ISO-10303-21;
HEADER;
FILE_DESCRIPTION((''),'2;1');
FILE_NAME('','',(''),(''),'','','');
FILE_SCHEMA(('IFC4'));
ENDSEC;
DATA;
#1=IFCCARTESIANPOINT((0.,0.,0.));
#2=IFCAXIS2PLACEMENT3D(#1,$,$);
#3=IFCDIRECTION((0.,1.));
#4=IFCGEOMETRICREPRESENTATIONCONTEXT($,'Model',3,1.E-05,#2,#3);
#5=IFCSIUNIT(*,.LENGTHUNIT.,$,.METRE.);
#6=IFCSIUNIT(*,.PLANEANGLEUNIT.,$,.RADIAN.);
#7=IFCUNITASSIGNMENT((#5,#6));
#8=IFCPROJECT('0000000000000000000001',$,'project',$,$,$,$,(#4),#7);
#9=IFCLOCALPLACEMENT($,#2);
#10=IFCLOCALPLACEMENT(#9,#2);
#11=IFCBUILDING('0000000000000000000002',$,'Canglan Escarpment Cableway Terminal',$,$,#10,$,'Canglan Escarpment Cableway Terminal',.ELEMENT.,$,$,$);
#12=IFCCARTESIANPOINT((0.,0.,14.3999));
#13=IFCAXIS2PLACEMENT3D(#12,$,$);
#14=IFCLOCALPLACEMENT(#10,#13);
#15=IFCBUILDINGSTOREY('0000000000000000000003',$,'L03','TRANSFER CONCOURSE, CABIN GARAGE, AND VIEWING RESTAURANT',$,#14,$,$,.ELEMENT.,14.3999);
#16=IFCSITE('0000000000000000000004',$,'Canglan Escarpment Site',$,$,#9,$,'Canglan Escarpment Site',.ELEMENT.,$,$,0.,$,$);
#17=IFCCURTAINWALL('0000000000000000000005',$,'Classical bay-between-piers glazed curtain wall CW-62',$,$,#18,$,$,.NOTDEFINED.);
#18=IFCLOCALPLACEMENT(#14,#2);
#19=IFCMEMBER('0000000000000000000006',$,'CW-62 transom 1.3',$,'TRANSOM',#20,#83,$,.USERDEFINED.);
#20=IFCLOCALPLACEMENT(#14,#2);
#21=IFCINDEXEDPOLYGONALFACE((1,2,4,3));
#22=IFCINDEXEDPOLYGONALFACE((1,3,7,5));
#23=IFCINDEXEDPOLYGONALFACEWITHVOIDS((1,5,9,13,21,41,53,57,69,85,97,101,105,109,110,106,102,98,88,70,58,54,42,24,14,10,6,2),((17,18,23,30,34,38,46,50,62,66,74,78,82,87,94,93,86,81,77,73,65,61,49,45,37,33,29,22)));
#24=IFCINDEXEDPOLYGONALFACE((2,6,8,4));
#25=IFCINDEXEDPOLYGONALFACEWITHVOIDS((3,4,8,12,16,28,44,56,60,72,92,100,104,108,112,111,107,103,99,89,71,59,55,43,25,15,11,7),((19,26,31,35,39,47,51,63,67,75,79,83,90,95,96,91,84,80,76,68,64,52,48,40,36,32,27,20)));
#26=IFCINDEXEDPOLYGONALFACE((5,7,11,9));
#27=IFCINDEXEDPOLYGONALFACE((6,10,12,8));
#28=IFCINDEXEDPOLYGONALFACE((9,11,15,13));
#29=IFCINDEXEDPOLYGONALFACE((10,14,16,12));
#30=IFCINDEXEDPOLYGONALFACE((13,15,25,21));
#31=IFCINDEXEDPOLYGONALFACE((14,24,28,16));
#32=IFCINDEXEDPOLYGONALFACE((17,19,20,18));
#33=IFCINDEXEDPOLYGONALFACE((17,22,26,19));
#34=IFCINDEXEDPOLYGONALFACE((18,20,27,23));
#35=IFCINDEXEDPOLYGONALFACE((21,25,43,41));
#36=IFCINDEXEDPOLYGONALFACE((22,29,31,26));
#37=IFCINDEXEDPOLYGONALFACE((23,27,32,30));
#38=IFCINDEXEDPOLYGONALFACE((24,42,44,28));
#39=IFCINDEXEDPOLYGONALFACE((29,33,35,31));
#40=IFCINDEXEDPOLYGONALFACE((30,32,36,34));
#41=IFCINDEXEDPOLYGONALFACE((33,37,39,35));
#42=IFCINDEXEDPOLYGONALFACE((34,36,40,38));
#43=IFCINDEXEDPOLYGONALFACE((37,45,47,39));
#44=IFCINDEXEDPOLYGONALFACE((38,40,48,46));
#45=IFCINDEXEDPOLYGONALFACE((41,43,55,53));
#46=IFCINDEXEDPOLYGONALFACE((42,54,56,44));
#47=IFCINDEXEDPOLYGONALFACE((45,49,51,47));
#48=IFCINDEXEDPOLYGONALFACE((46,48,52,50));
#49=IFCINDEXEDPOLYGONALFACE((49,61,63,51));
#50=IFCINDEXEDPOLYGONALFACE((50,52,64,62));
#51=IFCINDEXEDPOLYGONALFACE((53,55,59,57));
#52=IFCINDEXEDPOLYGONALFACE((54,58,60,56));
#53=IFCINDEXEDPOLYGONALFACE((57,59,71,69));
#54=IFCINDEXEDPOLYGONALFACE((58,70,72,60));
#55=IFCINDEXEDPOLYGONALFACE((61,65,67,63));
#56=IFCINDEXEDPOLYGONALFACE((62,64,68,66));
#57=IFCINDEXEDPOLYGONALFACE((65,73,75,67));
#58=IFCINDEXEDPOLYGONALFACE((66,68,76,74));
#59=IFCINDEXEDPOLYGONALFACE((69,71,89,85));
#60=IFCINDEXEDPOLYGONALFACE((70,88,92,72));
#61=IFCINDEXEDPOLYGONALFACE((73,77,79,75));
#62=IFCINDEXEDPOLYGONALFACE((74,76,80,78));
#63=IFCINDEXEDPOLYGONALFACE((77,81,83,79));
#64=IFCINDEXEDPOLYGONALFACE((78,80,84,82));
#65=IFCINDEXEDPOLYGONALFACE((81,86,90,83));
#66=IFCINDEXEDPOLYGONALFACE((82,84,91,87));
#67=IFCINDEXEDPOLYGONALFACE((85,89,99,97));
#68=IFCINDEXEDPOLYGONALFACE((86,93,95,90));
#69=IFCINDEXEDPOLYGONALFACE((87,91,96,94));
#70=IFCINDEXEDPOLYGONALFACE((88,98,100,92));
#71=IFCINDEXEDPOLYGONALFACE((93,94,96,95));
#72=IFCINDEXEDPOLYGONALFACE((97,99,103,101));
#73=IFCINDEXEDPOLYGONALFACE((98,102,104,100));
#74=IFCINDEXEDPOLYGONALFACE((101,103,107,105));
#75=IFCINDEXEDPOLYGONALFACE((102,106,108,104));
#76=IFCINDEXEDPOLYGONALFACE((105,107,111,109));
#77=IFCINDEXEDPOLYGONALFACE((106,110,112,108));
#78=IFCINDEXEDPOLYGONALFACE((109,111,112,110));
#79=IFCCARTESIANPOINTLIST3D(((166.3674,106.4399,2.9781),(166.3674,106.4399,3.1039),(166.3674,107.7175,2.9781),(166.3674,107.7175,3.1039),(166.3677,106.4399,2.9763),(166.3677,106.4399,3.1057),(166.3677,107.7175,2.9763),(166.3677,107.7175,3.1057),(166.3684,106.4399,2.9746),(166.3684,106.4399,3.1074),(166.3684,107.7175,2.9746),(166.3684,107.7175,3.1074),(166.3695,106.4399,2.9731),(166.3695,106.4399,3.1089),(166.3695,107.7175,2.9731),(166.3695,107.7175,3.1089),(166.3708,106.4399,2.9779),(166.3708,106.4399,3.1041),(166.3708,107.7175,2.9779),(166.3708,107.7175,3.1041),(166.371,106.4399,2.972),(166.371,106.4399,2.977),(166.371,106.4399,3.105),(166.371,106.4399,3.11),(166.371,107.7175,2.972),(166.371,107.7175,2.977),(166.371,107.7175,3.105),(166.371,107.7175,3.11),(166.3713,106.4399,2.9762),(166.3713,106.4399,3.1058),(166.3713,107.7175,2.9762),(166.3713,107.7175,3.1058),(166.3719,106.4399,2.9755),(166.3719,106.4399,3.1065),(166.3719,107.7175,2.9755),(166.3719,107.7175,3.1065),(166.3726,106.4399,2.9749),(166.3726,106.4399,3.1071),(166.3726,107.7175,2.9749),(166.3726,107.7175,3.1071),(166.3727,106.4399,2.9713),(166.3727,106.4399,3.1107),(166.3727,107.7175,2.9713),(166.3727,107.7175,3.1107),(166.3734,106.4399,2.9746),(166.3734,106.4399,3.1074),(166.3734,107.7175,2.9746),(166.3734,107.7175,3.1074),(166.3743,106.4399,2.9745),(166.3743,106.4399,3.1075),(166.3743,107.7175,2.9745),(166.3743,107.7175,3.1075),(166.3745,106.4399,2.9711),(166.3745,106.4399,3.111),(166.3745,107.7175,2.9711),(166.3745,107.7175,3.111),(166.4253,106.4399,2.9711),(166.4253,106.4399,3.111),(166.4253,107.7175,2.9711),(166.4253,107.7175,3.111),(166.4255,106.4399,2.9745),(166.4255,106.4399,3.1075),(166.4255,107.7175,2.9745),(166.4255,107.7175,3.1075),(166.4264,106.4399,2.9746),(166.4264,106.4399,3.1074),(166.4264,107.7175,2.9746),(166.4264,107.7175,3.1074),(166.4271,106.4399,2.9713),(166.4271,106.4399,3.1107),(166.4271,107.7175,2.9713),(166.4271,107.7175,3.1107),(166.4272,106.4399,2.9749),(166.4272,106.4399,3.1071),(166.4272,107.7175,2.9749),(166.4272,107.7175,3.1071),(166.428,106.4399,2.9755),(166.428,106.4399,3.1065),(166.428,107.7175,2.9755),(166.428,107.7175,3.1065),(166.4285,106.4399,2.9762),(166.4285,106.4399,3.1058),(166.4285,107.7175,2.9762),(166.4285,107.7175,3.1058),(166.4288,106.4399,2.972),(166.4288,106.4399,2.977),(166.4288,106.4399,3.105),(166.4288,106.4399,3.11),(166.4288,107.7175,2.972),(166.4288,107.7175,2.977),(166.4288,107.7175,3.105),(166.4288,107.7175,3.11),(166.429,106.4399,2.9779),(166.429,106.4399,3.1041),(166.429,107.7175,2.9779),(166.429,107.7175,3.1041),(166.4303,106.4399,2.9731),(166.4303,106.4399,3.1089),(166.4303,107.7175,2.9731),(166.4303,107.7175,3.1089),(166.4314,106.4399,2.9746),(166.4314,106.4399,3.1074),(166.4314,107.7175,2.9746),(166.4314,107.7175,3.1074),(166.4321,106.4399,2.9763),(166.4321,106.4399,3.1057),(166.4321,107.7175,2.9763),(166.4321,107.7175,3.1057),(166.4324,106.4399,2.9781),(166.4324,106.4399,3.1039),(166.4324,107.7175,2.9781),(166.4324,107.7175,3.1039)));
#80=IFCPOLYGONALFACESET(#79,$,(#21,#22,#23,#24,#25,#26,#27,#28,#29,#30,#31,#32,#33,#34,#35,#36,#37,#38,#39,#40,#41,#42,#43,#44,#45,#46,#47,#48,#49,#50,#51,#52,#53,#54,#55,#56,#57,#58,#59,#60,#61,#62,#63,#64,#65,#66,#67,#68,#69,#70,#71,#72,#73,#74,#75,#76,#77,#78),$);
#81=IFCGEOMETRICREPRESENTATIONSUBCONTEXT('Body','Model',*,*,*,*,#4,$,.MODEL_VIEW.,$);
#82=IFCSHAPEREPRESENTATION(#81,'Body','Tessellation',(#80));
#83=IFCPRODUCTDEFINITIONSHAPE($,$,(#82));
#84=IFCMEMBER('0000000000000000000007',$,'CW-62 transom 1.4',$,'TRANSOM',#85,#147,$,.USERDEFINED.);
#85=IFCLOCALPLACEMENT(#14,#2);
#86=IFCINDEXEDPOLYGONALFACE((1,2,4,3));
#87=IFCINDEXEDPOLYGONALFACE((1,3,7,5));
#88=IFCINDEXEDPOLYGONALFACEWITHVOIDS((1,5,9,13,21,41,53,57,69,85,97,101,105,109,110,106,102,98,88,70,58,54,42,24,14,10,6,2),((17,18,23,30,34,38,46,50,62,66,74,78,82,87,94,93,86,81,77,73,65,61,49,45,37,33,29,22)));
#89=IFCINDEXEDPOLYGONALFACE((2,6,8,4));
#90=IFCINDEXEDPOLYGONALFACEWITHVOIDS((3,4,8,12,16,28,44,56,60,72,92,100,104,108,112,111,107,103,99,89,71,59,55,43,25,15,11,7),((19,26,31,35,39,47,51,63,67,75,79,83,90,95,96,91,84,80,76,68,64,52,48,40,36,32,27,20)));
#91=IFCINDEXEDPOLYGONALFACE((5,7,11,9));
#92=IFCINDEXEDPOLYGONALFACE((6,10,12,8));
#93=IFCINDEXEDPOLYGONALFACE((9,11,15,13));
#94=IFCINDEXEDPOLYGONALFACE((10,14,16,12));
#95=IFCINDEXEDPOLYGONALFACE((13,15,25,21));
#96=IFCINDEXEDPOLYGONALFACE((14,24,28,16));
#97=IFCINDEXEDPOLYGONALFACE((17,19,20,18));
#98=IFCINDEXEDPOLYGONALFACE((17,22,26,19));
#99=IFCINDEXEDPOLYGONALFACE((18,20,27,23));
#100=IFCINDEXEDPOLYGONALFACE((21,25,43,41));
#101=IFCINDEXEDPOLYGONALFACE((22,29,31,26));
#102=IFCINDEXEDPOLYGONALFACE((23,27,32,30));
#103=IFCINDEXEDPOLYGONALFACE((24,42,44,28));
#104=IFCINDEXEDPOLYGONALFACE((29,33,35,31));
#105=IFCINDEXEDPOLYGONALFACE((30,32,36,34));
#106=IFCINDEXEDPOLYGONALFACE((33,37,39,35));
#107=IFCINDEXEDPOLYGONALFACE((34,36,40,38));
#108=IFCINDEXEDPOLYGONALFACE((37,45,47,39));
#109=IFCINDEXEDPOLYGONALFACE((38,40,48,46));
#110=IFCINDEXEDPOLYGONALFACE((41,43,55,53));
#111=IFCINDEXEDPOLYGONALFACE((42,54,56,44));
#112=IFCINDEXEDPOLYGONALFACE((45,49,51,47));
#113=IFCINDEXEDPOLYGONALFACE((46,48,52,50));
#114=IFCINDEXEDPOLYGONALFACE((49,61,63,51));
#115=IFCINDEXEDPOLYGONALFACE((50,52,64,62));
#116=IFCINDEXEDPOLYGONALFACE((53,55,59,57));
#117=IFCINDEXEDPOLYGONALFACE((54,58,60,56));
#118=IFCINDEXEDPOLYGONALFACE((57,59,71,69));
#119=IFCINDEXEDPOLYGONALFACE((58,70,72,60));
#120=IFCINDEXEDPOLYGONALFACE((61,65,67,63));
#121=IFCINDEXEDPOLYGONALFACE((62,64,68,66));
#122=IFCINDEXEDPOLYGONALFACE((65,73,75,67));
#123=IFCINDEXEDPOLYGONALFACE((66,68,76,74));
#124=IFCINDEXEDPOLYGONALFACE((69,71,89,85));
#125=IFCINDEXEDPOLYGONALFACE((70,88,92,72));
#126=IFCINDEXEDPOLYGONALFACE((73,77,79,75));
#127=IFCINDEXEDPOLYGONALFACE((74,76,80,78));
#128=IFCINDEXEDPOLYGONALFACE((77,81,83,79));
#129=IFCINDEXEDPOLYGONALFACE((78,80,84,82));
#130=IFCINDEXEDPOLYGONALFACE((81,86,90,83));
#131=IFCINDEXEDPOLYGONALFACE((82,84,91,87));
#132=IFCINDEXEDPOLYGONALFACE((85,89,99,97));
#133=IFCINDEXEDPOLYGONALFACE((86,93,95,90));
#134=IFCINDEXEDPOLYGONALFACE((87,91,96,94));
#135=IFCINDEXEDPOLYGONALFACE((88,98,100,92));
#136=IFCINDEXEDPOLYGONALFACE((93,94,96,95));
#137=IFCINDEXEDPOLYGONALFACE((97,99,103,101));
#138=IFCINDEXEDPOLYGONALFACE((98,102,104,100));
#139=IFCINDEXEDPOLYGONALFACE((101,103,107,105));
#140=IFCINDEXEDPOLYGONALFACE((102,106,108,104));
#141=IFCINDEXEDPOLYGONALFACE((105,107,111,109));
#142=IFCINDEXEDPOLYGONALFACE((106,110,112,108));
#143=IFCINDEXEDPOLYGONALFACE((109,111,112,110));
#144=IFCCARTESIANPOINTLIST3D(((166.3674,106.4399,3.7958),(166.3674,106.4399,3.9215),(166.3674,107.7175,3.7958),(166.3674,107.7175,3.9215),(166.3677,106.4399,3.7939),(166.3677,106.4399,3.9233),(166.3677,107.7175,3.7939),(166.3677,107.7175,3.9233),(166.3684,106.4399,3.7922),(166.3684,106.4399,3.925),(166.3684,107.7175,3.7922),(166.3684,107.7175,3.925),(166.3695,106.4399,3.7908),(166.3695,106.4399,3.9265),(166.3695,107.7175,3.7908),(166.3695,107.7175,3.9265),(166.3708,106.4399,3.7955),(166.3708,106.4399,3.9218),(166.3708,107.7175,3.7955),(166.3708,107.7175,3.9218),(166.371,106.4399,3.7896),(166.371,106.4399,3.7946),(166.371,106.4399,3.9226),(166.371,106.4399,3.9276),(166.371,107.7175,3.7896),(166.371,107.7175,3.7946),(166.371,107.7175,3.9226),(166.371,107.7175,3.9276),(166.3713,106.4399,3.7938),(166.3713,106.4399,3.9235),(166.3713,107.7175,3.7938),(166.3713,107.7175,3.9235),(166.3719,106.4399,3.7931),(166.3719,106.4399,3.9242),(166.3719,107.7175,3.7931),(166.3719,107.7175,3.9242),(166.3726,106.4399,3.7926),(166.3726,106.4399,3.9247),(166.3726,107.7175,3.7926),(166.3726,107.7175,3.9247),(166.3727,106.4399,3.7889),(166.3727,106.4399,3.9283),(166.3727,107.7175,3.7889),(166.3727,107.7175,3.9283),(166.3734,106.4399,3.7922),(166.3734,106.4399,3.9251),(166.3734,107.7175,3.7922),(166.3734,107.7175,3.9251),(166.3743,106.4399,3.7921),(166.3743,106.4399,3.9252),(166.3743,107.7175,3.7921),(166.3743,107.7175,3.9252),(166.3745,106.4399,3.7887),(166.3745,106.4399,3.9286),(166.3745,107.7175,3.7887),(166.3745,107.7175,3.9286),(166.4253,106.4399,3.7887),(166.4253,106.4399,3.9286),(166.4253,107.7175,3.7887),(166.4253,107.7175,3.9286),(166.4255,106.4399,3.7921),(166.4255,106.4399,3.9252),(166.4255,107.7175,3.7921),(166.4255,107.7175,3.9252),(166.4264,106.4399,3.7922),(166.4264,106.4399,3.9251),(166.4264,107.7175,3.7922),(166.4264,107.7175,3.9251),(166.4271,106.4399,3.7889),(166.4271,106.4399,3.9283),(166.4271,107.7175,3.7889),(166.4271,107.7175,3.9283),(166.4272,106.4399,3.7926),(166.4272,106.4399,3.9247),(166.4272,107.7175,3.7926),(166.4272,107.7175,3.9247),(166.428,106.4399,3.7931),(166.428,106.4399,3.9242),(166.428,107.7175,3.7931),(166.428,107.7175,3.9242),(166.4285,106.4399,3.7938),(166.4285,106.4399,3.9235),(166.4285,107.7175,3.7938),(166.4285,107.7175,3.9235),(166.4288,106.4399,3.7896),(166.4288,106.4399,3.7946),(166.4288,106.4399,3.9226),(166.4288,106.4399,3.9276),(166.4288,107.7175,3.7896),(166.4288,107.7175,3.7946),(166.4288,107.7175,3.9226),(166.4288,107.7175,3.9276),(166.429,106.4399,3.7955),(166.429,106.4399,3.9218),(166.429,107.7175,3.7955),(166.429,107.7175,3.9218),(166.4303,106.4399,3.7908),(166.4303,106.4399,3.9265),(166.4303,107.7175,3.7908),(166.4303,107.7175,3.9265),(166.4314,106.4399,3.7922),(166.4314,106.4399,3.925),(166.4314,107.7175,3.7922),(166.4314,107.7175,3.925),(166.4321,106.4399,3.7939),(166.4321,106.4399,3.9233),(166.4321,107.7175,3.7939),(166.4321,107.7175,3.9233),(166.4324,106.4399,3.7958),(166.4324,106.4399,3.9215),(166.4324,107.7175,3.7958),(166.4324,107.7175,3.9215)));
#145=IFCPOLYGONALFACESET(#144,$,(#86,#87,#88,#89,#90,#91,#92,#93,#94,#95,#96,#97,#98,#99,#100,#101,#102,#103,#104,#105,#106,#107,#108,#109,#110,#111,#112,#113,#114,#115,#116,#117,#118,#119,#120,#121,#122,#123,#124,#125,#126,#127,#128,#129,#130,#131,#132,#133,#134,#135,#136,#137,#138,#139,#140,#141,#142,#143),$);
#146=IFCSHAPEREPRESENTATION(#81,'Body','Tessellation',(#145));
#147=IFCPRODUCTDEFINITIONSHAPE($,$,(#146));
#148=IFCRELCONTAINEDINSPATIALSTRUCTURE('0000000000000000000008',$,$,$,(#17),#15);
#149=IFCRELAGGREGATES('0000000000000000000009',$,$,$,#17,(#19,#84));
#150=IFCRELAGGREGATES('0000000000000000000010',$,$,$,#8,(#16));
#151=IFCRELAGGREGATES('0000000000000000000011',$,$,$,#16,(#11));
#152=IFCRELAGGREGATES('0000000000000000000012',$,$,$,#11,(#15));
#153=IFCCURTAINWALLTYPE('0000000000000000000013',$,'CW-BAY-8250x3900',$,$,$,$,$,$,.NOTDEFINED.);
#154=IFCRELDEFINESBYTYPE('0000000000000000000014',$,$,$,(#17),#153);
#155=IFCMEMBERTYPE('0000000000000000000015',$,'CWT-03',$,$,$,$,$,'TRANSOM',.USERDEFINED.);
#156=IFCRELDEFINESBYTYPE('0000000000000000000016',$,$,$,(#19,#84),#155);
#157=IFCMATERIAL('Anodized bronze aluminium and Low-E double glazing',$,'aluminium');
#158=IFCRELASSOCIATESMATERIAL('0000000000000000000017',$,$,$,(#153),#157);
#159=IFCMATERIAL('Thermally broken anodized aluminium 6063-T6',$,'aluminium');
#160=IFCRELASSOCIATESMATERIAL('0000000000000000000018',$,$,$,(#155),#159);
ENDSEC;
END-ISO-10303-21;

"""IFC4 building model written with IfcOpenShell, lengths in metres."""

from ifc_helpers import new_model, si_unit, direction, frame, origin, origin_2d, place, context, subcontext, project, spatial, hollow_rectangle, extrude, material, material_profile, profile_set, type_object, element, aggregate, save


model = new_model("IFC4")

# Units and contexts
model_context = context("Model", 3, precision=1e-05, world=origin(), true_north=direction((0.0, 1.0)))
body_context = subcontext(model_context, "Body", "Model", "MODEL_VIEW")
ifc_project = project(units=[si_unit("LENGTHUNIT", "METRE"), si_unit("PLANEANGLEUNIT", "RADIAN")], contexts=[model_context])

# Site, building, storey
site_placement = place(None, origin())
site = spatial("IfcSite", under=ifc_project, at=site_placement, Name="Canglan Escarpment Site", LongName="Canglan Escarpment Site", CompositionType="ELEMENT", RefElevation=0.0)
building_placement = place(site_placement, origin())
building = spatial("IfcBuilding", under=site, at=building_placement, Name="Canglan Escarpment Cableway Terminal", LongName="Canglan Escarpment Cableway Terminal", CompositionType="ELEMENT")
storey_placement = place(building_placement, frame((0.0, 0.0, 14.3999)))
storey = spatial("IfcBuildingStorey", under=building, at=storey_placement, Name="L03", Description="TRANSFER CONCOURSE, CABIN GARAGE, AND VIEWING RESTAURANT", CompositionType="ELEMENT", Elevation=14.3999)

# Curtain wall, members
ifc_material_1 = material(Name="Anodized bronze aluminium and Low-E double glazing", Category="aluminium")
curtain_wall_type = type_object("IfcCurtainWallType", Name="CW-BAY-8250x3900", PredefinedType="NOTDEFINED", material=ifc_material_1)
curtain_wall_placement = place(storey_placement, origin())
curtain_wall = element("IfcCurtainWall", 1, at=curtain_wall_placement, inside=storey, type_object=curtain_wall_type, Name="Classical bay-between-piers glazed curtain wall CW-62", PredefinedType="NOTDEFINED")
ifc_material_2 = material(Name="Thermally broken anodized aluminium 6063-T6", Category="aluminium")
ifc_material_profile_1 = material_profile(ifc_material_2, hollow_rectangle(XDim=0.0649, YDim=0.1399, WallThickness=0.0034, InnerFilletRadius=0.0034, OuterFilletRadius=0.0071, at=origin_2d()), Name="ALU-TRAN 65x140x3.5")
ifc_profile_set_1 = profile_set([ifc_material_profile_1], Name="Thermally broken anodized aluminium 6063-T6")
member_type_1 = type_object("IfcMemberType", Name="CWT-03", ElementType="TRANSOM", PredefinedType="USERDEFINED", material=ifc_profile_set_1)
member_1_placement = place(storey_placement, frame((166.3999, 106.4399, 3.041), z_axis=(0.0, 1.0, 0.0), x_axis=(-1.0, 0.0, 0.0)))
member_1 = element("IfcMember", 2, at=member_1_placement, type_object=member_type_1, Name="CW-62 transom 1.3", ObjectType="TRANSOM", PredefinedType="USERDEFINED", context=body_context, shape_type="SweptSolid", body=[
    extrude(hollow_rectangle(XDim=0.0649, YDim=0.1399, WallThickness=0.0034, InnerFilletRadius=0.0034, OuterFilletRadius=0.0071, at=origin_2d()), origin(), (0.0, 0.0, 1.0), 1.2776),
])
member_2_placement = place(storey_placement, frame((166.3999, 106.4399, 3.8586), z_axis=(0.0, 1.0, 0.0), x_axis=(-1.0, 0.0, 0.0)))
member_2 = element("IfcMember", 3, at=member_2_placement, type_object=member_type_1, Name="CW-62 transom 1.4", ObjectType="TRANSOM", PredefinedType="USERDEFINED", context=body_context, shape_type="SweptSolid", body=[
    extrude(hollow_rectangle(XDim=0.0649, YDim=0.1399, WallThickness=0.0034, InnerFilletRadius=0.0034, OuterFilletRadius=0.0071, at=origin_2d()), origin(), (0.0, 0.0, 1.0), 1.2776),
])
aggregate(curtain_wall, [member_1, member_2])

save(model, "model.ifc")
